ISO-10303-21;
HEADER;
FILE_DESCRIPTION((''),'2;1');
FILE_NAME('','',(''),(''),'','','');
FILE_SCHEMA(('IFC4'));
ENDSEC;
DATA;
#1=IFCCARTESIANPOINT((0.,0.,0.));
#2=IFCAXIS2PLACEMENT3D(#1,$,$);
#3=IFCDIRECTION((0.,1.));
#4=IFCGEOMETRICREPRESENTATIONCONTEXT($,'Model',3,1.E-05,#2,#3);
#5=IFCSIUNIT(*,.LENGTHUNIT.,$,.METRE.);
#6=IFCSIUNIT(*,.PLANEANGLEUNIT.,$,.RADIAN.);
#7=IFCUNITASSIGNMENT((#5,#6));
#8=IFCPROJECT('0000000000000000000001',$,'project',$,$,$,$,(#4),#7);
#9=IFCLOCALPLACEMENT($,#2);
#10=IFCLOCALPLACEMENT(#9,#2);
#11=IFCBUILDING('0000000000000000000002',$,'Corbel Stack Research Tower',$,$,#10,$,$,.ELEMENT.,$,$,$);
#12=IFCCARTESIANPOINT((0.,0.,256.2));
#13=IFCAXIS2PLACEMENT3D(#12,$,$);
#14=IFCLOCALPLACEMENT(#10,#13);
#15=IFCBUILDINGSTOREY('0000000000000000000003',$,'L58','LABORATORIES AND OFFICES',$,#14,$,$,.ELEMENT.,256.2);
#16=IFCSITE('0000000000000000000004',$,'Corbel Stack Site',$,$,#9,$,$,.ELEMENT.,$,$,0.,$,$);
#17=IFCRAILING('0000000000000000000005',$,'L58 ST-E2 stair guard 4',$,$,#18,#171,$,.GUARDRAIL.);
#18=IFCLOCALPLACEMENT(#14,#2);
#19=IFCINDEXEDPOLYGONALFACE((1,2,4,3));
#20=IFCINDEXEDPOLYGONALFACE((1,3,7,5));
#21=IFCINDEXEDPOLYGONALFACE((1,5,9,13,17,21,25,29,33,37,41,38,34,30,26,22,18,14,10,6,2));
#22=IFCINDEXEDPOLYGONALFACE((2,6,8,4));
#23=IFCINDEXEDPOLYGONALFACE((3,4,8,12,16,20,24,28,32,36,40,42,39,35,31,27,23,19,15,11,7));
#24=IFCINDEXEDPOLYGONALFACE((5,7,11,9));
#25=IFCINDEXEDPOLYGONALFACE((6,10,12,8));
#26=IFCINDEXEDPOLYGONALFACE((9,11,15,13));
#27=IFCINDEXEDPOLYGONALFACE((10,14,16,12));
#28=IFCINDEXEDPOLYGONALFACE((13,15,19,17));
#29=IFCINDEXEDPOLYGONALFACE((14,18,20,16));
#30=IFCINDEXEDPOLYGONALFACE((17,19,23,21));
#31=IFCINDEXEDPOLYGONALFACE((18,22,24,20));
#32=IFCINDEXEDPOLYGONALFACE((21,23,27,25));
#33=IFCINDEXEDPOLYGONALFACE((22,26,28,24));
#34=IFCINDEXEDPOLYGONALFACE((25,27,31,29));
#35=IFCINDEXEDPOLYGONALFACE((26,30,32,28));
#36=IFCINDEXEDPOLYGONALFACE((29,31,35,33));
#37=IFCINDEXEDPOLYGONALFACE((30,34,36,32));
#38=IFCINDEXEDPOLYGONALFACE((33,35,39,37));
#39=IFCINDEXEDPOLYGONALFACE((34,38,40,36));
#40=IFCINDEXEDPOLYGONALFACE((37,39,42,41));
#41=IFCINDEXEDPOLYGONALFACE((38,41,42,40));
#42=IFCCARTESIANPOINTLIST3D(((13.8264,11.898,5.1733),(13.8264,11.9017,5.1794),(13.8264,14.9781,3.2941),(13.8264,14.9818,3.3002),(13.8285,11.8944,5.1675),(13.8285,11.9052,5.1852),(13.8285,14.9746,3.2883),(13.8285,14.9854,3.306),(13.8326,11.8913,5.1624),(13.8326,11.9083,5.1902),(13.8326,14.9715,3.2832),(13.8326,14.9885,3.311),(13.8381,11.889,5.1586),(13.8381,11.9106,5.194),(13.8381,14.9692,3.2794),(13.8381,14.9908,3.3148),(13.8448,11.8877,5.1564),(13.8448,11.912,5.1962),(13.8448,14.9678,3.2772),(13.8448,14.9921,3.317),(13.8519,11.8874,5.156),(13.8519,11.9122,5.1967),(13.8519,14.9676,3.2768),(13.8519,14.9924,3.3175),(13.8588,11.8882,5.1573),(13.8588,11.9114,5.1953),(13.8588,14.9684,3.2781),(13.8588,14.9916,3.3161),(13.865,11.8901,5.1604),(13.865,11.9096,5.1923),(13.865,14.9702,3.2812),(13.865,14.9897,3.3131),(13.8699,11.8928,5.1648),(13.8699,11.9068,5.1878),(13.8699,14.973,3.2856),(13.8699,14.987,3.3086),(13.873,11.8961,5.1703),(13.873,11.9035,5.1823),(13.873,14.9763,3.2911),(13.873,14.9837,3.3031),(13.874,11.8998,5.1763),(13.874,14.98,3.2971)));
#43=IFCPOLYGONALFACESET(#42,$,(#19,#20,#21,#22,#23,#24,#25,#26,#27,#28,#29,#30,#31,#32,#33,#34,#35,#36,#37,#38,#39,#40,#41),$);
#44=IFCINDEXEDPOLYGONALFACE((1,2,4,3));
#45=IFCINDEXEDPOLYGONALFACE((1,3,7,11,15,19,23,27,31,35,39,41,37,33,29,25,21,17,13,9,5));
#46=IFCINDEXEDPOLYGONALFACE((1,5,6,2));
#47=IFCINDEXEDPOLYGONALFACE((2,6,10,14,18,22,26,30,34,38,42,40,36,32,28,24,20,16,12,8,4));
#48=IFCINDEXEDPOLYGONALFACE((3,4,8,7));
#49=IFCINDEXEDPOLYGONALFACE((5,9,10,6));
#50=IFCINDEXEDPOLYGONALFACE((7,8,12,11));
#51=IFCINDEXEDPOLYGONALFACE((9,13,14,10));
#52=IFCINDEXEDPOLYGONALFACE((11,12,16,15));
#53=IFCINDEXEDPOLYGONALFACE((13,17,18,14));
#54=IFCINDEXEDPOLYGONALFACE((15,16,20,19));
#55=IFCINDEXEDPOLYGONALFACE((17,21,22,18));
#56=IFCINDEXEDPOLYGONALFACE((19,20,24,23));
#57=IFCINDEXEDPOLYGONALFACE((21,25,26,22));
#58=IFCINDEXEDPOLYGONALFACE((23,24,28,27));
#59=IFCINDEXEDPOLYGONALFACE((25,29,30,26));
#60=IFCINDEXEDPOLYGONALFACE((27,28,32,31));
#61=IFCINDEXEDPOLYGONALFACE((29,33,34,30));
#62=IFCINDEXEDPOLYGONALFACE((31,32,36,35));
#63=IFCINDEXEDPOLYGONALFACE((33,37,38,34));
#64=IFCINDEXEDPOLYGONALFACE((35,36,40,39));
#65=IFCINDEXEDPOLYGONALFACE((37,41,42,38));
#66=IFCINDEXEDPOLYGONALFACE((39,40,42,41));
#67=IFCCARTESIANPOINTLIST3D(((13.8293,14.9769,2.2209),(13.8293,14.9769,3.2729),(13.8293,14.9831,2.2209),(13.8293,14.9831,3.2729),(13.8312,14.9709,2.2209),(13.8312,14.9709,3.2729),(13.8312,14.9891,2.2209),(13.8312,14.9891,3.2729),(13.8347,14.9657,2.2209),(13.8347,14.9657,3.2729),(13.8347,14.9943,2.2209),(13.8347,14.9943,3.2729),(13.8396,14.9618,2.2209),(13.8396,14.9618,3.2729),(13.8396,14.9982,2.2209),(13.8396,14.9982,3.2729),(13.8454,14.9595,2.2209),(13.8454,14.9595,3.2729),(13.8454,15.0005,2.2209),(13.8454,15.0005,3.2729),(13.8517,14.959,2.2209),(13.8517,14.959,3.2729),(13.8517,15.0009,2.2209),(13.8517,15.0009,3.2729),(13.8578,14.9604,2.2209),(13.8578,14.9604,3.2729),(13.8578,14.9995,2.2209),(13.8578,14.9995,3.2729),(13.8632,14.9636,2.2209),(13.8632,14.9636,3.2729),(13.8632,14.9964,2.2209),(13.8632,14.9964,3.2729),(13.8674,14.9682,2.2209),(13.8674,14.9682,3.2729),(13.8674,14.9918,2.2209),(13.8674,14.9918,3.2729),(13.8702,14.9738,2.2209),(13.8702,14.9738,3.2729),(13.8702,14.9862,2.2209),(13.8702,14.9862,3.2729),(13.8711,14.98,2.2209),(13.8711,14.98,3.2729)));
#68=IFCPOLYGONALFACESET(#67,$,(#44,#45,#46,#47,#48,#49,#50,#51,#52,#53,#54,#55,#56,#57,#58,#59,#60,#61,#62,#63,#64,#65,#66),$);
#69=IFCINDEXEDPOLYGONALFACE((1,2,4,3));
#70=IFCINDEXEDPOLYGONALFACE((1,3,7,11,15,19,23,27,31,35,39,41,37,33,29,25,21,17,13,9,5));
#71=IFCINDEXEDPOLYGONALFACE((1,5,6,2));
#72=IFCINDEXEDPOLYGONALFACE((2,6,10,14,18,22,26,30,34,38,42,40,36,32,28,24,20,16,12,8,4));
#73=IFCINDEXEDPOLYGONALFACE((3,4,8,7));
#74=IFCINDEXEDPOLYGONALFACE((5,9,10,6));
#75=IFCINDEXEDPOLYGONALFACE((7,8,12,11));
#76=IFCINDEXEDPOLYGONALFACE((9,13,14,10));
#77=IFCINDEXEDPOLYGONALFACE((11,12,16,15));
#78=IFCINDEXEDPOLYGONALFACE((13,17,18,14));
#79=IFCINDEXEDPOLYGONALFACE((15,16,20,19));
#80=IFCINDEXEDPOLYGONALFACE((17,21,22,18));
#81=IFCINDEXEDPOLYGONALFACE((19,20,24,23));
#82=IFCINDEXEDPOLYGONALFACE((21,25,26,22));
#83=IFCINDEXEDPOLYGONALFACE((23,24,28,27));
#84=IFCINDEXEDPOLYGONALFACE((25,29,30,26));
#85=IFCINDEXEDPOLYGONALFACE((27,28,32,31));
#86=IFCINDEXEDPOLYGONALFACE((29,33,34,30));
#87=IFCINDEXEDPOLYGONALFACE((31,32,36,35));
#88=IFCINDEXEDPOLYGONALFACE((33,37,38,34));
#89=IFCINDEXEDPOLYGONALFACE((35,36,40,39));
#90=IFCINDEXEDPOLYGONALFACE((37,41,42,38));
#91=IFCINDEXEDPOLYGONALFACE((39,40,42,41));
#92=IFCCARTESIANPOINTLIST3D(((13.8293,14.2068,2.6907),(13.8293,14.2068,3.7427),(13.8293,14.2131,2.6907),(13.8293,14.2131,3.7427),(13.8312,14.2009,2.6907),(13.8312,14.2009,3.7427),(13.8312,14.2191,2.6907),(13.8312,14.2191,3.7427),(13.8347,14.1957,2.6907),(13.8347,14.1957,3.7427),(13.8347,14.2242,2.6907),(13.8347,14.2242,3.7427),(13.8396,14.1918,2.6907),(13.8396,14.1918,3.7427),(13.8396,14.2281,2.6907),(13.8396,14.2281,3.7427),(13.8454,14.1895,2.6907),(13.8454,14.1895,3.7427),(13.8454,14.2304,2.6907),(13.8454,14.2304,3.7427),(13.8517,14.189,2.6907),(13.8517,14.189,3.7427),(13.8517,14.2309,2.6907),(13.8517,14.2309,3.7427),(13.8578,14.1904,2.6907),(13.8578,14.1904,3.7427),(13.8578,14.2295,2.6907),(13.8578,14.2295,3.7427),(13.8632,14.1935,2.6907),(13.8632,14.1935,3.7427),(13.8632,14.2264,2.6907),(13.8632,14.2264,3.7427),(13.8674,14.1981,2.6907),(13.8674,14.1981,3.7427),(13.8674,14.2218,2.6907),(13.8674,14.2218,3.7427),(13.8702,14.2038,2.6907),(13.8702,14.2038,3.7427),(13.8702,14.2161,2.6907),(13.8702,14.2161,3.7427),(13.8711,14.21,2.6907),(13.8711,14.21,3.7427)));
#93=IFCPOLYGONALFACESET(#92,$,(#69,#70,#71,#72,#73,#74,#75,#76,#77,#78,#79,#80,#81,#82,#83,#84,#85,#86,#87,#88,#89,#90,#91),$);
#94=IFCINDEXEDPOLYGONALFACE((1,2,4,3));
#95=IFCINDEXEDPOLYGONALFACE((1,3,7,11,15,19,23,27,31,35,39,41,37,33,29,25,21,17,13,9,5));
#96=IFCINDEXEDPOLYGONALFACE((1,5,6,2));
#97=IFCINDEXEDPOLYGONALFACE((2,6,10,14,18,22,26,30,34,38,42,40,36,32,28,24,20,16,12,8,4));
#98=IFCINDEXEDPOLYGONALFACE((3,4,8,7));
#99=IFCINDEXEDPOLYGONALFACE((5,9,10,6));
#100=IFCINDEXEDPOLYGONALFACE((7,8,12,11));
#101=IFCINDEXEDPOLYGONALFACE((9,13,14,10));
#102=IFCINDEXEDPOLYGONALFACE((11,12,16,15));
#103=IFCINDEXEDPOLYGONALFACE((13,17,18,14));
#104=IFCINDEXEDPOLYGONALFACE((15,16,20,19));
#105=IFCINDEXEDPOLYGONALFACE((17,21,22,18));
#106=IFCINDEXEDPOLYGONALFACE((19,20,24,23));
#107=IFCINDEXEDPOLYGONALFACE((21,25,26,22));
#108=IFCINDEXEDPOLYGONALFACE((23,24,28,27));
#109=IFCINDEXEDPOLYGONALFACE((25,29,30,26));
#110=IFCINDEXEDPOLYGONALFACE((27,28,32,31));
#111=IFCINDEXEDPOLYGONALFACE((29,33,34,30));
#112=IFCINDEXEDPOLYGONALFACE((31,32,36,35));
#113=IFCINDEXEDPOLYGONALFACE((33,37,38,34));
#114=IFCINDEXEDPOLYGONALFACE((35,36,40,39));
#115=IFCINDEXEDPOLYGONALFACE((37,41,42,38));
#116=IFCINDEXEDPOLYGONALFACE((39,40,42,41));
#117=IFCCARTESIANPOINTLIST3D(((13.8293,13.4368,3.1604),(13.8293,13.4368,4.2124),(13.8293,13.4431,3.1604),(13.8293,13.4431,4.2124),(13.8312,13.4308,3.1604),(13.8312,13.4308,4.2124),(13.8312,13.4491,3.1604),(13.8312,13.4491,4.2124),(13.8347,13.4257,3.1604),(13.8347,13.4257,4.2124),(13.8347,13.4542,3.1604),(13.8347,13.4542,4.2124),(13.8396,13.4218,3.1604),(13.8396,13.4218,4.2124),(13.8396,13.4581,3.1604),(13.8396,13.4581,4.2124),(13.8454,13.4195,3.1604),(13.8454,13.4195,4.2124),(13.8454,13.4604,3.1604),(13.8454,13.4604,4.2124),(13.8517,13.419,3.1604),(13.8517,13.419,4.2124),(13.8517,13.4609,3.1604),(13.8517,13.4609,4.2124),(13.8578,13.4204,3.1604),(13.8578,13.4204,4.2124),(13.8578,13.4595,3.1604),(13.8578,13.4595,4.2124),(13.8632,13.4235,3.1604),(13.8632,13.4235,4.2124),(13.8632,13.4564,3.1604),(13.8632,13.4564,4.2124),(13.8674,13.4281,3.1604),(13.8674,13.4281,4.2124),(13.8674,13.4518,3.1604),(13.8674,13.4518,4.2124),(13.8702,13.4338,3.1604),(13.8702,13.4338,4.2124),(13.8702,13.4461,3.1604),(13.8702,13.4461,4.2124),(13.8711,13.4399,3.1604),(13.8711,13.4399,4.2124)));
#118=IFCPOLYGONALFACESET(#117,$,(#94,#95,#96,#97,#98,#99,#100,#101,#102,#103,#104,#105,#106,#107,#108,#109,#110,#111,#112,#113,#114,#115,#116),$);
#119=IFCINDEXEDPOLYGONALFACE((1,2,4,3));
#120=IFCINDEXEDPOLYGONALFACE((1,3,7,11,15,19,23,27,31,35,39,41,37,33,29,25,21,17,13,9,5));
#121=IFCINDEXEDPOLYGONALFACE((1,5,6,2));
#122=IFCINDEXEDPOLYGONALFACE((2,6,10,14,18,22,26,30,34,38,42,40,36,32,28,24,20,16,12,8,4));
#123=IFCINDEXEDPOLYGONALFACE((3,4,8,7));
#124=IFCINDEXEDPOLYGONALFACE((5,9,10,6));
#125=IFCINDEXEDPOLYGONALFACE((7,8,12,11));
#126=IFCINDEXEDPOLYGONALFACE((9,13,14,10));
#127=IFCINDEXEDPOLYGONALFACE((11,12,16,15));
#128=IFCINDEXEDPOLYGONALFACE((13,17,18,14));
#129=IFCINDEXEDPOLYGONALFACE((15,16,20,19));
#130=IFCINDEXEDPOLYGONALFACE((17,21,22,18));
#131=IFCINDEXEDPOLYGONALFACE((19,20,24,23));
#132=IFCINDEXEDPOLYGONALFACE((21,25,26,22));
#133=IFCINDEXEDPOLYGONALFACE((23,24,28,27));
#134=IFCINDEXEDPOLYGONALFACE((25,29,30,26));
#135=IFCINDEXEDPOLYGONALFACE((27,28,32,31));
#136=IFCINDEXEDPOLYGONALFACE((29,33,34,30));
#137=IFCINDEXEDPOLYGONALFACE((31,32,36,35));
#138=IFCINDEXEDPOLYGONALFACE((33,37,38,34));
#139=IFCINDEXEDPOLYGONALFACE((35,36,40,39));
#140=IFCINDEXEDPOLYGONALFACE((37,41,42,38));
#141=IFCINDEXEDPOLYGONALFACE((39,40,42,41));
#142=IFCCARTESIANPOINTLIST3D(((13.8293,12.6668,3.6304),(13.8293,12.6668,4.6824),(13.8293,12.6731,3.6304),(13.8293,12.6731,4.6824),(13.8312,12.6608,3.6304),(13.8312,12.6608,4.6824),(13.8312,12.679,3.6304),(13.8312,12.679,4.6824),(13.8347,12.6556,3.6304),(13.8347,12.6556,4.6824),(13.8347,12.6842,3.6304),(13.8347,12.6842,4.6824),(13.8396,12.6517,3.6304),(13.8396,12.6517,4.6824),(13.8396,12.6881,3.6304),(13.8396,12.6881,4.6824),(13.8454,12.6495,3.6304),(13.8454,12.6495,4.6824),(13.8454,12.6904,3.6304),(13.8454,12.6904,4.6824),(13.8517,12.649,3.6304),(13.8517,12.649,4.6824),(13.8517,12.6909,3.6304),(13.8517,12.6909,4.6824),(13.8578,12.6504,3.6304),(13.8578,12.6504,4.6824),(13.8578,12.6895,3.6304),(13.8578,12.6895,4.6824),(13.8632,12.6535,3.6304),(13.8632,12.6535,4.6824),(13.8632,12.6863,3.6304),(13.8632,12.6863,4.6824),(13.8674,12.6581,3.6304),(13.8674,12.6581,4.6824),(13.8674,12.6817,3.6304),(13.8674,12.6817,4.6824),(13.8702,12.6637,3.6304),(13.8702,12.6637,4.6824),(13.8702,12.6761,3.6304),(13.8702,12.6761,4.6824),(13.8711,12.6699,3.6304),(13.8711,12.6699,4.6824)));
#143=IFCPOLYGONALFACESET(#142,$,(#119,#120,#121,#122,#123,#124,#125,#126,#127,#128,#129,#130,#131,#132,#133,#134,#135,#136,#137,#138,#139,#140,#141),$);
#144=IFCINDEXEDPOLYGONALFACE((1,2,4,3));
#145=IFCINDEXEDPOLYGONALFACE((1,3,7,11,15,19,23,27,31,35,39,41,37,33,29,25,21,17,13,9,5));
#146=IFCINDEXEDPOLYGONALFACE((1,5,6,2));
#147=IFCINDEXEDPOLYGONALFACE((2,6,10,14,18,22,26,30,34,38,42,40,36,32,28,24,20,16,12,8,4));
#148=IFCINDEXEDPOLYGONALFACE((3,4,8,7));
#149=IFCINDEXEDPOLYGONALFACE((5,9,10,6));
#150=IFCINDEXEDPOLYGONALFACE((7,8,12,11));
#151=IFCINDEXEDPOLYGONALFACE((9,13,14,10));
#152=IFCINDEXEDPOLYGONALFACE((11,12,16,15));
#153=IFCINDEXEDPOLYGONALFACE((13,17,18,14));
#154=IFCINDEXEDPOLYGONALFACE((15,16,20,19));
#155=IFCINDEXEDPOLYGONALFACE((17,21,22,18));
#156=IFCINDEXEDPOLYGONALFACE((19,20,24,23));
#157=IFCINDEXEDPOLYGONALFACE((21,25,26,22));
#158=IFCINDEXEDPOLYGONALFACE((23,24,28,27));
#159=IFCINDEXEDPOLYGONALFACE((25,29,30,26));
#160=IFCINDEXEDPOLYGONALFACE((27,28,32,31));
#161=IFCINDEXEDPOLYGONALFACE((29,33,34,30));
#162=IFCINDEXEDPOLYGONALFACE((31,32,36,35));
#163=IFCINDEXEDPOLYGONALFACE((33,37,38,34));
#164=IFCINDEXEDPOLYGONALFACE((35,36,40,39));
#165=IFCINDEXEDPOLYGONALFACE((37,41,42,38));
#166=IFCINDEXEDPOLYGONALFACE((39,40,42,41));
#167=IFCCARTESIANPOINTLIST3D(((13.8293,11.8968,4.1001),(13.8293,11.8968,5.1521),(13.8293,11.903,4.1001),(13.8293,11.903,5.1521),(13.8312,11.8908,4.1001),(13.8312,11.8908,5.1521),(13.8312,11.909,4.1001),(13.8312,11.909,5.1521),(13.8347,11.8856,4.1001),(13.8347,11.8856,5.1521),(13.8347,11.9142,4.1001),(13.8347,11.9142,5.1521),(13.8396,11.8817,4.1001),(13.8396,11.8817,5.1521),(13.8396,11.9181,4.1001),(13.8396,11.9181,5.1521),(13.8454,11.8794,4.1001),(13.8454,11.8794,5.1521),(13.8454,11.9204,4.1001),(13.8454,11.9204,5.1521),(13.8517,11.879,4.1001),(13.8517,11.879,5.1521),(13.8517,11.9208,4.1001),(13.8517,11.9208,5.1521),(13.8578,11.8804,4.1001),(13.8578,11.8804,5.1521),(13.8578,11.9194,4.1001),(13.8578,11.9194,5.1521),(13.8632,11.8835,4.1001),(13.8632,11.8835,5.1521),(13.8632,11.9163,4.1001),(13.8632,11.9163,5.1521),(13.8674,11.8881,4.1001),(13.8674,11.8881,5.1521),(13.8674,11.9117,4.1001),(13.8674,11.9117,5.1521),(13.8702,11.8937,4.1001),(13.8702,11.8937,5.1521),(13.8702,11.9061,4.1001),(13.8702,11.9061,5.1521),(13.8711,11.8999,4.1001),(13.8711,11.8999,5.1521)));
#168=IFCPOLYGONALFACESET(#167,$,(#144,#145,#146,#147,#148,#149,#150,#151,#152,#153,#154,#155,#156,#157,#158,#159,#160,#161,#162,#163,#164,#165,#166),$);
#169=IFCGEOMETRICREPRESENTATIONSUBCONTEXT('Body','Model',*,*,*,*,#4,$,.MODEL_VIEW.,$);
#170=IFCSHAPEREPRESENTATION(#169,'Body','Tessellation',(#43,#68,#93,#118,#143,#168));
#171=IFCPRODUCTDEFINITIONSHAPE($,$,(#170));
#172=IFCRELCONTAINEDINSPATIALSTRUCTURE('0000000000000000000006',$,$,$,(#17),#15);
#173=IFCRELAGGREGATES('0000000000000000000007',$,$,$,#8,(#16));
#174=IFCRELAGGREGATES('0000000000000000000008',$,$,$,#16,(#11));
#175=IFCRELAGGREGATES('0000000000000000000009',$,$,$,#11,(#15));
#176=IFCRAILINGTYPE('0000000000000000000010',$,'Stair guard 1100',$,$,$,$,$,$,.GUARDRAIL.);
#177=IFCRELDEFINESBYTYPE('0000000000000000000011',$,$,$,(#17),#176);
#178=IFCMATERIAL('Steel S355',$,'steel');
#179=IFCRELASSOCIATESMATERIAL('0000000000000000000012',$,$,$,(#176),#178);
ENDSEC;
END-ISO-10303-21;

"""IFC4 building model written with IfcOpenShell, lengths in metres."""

from ifc_helpers import new_model, si_unit, direction, frame, origin, origin_2d, place, context, subcontext, project, spatial, circle, extrude, material, type_object, element, save


model = new_model("IFC4")

# Units and contexts
model_context = context("Model", 3, precision=1e-05, world=origin(), true_north=direction((0.0, 1.0)))
body_context = subcontext(model_context, "Body", "Model", "MODEL_VIEW")
ifc_project = project(units=[si_unit("LENGTHUNIT", "METRE"), si_unit("PLANEANGLEUNIT", "RADIAN")], contexts=[model_context])

# Site, building, storey
site_placement = place(None, origin())
site = spatial("IfcSite", under=ifc_project, at=site_placement, Name="Corbel Stack Site", CompositionType="ELEMENT", RefElevation=0.0)
building_placement = place(site_placement, origin())
building = spatial("IfcBuilding", under=site, at=building_placement, Name="Corbel Stack Research Tower", CompositionType="ELEMENT")
storey_placement = place(building_placement, frame((0.0, 0.0, 256.2)))
storey = spatial("IfcBuildingStorey", under=building, at=storey_placement, Name="L58", Description="LABORATORIES AND OFFICES", CompositionType="ELEMENT", Elevation=256.2)

# Railing
ifc_material_1 = material(Name="Steel S355", Category="steel")
railing_type_1 = type_object("IfcRailingType", Name="Stair guard 1100", PredefinedType="GUARDRAIL", material=ifc_material_1)
railing_1_placement = place(storey_placement, frame((13.8501, 14.98, 2.2209)))
element("IfcRailing", 1, at=railing_1_placement, inside=storey, type_object=railing_type_1, Name="L58 ST-E2 stair guard 4", PredefinedType="GUARDRAIL", context=body_context, shape_type="SweptSolid", body=[
    extrude(circle(Radius=0.0239, at=origin_2d()), frame((0.0, 0.0, 1.0762), z_axis=(0.0, -0.853666, 0.52082), x_axis=(1.0, 0.0, 0.0)), (0.0, 0.0, 1.0), 3.6082),
    extrude(circle(Radius=0.021, at=origin_2d()), origin(), (0.0, 0.0, 1.0), 1.052),
    extrude(circle(Radius=0.021, at=origin_2d()), frame((0.0, -0.77, 0.4697)), (0.0, 0.0, 1.0), 1.052),
    extrude(circle(Radius=0.021, at=origin_2d()), frame((0.0, -1.54, 0.9395)), (0.0, 0.0, 1.0), 1.052),
    extrude(circle(Radius=0.021, at=origin_2d()), frame((0.0, -2.3101, 1.4094)), (0.0, 0.0, 1.0), 1.052),
    extrude(circle(Radius=0.021, at=origin_2d()), frame((0.0, -3.0801, 1.8792)), (0.0, 0.0, 1.0), 1.052),
])

save(model, "model.ifc")
